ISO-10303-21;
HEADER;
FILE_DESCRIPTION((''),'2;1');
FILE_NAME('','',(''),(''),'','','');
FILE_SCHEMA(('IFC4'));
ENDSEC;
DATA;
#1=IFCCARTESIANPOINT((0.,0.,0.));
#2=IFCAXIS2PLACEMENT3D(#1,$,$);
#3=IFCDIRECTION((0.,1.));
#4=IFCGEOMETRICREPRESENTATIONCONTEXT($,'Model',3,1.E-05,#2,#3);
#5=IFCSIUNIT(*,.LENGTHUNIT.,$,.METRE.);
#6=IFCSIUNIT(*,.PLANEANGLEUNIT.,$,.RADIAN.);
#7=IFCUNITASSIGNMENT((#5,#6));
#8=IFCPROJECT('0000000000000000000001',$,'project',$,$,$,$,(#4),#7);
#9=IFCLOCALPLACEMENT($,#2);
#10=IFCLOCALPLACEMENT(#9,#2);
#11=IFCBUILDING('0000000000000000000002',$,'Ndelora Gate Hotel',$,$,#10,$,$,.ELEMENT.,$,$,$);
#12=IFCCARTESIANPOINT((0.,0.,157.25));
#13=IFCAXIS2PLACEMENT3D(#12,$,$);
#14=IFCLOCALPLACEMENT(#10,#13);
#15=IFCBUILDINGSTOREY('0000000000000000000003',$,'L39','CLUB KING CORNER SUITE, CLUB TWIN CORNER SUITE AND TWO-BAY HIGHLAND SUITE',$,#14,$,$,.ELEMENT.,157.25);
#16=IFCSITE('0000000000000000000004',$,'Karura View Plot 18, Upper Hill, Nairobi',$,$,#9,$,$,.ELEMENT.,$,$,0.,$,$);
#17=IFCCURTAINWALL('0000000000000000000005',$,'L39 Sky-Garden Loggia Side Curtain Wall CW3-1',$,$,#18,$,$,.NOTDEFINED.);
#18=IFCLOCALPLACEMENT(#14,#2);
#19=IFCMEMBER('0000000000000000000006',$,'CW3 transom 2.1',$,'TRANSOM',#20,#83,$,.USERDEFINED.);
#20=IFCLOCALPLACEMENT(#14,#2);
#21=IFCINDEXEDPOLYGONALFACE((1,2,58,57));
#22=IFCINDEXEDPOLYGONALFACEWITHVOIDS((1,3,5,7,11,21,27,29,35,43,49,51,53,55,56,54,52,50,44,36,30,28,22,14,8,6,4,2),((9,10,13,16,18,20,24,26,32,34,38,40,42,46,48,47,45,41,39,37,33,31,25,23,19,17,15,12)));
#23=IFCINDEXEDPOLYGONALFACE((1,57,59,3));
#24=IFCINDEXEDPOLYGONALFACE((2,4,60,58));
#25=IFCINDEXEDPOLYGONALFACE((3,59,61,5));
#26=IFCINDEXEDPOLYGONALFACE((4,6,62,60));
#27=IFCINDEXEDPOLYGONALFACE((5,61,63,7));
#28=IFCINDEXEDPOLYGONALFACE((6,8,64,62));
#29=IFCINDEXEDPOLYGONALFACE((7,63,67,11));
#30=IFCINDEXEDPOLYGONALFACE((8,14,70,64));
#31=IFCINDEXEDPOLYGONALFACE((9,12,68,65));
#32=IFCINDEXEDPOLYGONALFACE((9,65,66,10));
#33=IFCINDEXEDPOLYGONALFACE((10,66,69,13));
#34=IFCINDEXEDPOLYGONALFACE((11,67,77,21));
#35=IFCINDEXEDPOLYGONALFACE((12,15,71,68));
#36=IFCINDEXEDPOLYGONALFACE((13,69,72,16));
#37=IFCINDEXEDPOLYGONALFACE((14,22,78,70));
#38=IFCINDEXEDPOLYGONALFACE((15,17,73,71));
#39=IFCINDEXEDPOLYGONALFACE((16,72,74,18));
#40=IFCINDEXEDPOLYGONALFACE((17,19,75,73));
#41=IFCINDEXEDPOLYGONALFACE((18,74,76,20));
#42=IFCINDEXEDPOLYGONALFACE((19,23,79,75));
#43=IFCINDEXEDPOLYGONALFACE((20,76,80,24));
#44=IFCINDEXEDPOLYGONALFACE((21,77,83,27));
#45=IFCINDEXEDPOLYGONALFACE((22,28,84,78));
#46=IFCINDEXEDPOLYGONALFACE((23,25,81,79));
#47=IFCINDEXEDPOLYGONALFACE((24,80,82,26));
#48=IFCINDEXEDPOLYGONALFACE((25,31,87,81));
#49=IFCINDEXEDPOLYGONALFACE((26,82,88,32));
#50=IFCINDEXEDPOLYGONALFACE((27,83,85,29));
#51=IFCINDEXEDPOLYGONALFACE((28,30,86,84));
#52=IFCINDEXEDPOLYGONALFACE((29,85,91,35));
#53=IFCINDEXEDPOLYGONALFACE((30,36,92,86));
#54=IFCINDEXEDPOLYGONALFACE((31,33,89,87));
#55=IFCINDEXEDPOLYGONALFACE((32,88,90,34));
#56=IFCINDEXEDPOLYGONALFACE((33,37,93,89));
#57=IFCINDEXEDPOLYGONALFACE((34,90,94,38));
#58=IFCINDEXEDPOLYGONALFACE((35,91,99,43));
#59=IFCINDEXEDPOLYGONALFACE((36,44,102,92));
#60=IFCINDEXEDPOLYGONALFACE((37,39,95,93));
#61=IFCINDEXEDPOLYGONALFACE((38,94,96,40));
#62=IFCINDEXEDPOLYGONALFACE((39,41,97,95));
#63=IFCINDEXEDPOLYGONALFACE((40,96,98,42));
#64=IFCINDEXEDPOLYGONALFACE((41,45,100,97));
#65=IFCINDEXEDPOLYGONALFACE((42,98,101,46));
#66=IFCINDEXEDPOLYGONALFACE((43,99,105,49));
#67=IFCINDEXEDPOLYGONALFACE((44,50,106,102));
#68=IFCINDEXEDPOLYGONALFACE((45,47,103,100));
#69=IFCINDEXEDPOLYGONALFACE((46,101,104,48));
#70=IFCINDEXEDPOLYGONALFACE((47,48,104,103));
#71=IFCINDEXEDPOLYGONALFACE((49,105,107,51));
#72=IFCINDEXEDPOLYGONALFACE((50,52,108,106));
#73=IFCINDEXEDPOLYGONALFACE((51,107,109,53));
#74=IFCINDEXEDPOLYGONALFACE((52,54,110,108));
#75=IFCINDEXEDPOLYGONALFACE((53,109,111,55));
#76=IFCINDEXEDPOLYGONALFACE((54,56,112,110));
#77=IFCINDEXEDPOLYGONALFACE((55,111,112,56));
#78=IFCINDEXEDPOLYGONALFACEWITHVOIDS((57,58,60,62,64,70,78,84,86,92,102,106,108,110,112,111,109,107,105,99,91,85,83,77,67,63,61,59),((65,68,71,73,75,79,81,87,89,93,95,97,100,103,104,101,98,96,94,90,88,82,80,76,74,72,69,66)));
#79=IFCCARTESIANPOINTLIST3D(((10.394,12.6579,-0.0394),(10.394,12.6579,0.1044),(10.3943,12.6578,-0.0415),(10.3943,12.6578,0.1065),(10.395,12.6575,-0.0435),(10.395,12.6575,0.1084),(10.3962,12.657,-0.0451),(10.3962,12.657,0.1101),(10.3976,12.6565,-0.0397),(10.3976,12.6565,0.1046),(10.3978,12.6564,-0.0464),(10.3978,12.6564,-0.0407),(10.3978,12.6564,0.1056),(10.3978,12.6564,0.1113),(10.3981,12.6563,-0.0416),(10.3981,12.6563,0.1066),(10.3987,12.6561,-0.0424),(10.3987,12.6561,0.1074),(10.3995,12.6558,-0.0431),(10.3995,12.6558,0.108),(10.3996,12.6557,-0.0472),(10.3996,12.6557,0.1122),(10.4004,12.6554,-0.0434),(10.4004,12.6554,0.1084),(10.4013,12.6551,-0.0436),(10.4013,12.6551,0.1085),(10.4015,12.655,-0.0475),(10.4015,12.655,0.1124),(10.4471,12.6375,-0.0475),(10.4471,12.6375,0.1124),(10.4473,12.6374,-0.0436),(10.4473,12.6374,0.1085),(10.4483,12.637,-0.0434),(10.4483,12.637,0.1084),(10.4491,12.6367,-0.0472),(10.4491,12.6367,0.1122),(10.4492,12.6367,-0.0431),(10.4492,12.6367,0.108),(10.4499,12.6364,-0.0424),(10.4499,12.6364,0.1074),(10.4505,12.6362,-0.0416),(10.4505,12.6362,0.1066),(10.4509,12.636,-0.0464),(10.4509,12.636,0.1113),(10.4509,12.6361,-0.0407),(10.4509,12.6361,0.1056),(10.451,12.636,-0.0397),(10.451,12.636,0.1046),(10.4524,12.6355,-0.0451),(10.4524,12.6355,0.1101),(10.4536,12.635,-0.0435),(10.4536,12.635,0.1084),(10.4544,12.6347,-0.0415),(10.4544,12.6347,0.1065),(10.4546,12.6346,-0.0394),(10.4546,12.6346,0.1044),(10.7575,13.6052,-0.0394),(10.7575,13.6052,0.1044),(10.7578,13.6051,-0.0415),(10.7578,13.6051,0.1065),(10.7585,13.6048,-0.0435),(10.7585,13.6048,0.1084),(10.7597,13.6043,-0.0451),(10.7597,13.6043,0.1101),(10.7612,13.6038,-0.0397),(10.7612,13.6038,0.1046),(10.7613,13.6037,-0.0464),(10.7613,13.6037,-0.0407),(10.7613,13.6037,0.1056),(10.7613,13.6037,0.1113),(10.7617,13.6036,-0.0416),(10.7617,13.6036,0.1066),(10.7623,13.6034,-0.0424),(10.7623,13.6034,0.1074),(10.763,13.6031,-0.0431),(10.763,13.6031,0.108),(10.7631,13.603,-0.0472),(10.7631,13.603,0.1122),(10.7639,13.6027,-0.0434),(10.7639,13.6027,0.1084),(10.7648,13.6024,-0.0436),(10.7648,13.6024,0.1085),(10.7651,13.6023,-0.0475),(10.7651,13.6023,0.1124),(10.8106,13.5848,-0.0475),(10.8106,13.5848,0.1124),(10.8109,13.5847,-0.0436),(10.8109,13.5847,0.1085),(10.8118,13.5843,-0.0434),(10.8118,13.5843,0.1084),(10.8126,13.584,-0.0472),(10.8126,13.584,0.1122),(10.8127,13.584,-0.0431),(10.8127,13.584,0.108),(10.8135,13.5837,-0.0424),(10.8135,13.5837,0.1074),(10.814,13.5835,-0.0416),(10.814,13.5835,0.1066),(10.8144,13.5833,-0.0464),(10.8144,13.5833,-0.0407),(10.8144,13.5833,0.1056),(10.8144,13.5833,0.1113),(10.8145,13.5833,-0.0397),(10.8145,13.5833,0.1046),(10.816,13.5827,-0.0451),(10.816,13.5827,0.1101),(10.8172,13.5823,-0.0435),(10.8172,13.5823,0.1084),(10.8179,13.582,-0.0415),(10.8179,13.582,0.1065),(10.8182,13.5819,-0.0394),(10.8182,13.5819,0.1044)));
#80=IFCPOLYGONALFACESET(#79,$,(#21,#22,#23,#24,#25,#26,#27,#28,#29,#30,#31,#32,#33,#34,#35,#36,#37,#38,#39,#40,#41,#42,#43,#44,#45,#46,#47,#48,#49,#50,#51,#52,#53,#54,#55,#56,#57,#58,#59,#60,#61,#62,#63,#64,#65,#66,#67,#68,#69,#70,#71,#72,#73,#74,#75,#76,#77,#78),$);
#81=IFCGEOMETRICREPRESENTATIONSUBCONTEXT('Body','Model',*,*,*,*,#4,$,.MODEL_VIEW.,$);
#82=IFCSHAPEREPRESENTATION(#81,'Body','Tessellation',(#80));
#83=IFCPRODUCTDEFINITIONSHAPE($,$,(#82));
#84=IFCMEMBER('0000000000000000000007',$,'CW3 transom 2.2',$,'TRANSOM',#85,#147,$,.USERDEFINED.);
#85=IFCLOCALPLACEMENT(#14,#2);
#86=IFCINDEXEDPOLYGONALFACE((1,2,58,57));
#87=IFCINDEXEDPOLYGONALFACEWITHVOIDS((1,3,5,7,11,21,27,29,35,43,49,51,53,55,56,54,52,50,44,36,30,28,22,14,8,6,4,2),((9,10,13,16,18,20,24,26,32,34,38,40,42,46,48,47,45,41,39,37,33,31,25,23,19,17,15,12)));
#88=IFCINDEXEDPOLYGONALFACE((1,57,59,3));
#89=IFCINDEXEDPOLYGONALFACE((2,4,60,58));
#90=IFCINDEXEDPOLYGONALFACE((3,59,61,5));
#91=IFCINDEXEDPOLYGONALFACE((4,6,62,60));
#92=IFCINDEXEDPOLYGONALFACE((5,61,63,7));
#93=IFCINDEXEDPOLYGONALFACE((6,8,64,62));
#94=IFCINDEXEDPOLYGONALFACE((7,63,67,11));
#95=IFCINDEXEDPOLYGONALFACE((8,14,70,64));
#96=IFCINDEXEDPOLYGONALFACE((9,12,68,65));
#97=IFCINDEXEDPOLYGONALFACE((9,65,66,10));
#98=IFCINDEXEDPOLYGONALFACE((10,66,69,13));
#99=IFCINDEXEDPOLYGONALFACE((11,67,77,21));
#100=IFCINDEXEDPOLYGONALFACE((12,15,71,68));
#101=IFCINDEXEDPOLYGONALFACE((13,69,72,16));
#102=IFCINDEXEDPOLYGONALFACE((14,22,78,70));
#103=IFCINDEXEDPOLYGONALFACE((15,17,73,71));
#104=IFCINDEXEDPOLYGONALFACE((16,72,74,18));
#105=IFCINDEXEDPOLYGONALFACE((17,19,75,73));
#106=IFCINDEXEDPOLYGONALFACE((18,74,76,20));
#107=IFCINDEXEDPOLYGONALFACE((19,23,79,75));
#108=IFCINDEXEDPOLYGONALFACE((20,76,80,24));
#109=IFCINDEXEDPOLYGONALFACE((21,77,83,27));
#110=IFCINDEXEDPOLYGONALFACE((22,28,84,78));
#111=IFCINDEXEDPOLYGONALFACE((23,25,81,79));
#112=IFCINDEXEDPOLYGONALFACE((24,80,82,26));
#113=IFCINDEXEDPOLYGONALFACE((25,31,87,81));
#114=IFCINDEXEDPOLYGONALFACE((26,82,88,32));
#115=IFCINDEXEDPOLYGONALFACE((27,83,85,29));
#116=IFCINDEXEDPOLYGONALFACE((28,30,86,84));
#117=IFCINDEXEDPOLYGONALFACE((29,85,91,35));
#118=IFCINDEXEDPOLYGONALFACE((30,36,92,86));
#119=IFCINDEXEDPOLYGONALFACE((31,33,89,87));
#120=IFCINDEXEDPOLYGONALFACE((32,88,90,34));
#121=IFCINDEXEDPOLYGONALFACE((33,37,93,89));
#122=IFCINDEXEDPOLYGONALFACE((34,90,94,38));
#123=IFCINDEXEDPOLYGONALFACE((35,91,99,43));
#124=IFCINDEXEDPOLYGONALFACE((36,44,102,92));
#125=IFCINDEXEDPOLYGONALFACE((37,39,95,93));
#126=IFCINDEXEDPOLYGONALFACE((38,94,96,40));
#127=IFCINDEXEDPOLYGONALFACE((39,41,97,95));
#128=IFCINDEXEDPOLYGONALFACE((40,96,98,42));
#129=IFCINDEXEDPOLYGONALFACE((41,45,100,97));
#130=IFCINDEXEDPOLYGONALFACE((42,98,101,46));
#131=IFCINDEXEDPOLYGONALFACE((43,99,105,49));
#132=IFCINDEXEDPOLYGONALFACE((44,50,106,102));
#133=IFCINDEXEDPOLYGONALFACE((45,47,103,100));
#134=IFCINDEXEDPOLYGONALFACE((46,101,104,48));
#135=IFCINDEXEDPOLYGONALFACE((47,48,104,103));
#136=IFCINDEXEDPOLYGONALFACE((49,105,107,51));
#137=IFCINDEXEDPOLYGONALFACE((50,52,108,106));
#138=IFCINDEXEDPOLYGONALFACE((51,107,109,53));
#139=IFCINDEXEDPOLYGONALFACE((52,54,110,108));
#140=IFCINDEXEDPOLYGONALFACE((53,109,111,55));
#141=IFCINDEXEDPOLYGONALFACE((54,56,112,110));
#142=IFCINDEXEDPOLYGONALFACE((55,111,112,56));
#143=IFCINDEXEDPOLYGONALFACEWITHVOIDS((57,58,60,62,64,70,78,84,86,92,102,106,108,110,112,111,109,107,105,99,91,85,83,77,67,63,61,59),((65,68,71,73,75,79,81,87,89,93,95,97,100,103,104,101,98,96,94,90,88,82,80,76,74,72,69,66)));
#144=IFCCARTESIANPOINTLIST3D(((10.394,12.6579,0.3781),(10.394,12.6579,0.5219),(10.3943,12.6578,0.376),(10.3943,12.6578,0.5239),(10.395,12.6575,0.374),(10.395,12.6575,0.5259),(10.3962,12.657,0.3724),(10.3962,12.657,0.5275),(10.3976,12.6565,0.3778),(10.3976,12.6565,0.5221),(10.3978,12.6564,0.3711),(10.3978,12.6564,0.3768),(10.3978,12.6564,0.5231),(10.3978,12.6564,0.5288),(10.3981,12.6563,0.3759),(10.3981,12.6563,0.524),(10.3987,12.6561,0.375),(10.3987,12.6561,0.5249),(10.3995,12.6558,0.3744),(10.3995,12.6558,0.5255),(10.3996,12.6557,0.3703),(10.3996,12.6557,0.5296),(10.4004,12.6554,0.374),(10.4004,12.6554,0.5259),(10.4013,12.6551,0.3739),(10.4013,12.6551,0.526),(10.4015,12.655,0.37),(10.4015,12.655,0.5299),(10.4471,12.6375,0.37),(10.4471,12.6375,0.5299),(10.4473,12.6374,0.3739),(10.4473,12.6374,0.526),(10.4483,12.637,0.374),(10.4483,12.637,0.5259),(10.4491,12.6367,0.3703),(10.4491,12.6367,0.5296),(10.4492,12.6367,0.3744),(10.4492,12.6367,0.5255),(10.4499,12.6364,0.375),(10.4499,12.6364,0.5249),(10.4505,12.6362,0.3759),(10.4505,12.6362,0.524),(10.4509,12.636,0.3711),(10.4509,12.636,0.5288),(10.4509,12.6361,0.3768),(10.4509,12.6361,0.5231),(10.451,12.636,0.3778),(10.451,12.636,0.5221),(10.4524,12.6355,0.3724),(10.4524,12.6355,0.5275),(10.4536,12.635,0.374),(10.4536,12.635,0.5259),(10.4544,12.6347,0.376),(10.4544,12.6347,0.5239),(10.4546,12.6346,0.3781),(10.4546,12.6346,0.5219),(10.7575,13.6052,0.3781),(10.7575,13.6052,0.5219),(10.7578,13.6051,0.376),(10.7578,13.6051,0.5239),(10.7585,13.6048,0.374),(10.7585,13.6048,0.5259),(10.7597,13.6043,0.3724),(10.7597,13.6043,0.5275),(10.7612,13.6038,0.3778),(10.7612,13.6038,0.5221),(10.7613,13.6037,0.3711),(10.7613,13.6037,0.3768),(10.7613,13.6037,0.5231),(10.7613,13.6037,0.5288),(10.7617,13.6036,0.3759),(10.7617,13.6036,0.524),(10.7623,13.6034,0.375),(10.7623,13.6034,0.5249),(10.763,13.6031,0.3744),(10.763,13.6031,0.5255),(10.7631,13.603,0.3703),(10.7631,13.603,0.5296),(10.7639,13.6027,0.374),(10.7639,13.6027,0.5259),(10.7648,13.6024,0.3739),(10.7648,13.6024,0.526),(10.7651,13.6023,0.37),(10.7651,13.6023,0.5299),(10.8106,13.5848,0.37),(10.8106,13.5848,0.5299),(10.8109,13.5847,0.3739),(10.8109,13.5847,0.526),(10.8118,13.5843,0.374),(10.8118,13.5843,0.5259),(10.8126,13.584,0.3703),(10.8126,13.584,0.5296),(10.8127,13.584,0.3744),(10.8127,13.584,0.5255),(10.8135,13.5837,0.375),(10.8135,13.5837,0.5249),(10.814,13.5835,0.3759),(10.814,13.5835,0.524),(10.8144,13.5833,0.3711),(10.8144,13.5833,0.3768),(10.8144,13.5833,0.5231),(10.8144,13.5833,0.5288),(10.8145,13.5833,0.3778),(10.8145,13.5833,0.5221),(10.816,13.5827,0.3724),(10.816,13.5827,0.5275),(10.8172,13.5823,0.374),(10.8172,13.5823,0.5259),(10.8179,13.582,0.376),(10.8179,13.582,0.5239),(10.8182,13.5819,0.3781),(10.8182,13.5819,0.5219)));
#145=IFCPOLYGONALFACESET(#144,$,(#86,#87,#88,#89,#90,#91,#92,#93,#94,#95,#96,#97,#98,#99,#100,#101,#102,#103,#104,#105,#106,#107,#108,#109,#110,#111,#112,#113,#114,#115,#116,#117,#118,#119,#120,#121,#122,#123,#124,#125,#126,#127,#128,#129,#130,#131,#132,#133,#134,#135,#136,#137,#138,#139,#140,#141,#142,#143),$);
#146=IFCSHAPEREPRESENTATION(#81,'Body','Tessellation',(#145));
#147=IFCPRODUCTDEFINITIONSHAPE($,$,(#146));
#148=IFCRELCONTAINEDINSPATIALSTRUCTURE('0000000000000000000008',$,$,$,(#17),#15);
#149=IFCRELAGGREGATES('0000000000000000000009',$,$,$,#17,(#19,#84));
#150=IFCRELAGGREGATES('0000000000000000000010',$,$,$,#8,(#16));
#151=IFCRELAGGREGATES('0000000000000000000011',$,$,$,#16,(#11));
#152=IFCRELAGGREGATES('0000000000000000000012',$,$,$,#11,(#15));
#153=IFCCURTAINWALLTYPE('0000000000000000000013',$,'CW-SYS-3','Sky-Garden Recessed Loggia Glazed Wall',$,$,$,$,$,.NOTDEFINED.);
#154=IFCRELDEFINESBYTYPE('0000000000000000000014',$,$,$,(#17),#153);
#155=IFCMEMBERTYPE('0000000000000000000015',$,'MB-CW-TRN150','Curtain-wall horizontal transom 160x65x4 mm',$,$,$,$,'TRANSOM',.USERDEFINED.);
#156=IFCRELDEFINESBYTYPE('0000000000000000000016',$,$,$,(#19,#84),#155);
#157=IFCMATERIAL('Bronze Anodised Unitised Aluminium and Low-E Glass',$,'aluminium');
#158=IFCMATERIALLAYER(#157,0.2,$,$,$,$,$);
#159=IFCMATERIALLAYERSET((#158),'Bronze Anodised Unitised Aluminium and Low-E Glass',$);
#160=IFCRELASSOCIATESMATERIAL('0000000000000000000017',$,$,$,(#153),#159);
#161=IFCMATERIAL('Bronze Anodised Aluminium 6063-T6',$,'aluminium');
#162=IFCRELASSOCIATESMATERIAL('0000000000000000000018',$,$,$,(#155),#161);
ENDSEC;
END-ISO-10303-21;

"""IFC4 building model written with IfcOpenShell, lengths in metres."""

from ifc_helpers import new_model, si_unit, direction, frame, origin, origin_2d, place, context, subcontext, project, spatial, hollow_rectangle, extrude, material, layer, layer_set, material_profile, profile_set, type_object, element, aggregate, save


model = new_model("IFC4")

# Units and contexts
model_context = context("Model", 3, precision=1e-05, world=origin(), true_north=direction((0.0, 1.0)))
body_context = subcontext(model_context, "Body", "Model", "MODEL_VIEW")
ifc_project = project(units=[si_unit("LENGTHUNIT", "METRE"), si_unit("PLANEANGLEUNIT", "RADIAN")], contexts=[model_context])

# Site, building, storey
site_placement = place(None, origin())
site = spatial("IfcSite", under=ifc_project, at=site_placement, Name="Karura View Plot 18, Upper Hill, Nairobi", CompositionType="ELEMENT", RefElevation=0.0)
building_placement = place(site_placement, origin())
building = spatial("IfcBuilding", under=site, at=building_placement, Name="Ndelora Gate Hotel", CompositionType="ELEMENT")
storey_placement = place(building_placement, frame((0.0, 0.0, 157.25)))
storey = spatial("IfcBuildingStorey", under=building, at=storey_placement, Name="L39", Description="CLUB KING CORNER SUITE, CLUB TWIN CORNER SUITE AND TWO-BAY HIGHLAND SUITE", CompositionType="ELEMENT", Elevation=157.25)

# Curtain wall, members
ifc_material_1 = material(Name="Bronze Anodised Unitised Aluminium and Low-E Glass", Category="aluminium")
ifc_layer_1 = layer(ifc_material_1, 0.2)
ifc_layer_set_1 = layer_set([ifc_layer_1], Name="Bronze Anodised Unitised Aluminium and Low-E Glass")
curtain_wall_type = type_object("IfcCurtainWallType", Name="CW-SYS-3", Description="Sky-Garden Recessed Loggia Glazed Wall", PredefinedType="NOTDEFINED", material=ifc_layer_set_1)
curtain_wall_placement = place(storey_placement, origin())
curtain_wall = element("IfcCurtainWall", 1, at=curtain_wall_placement, inside=storey, type_object=curtain_wall_type, Name="L39 Sky-Garden Loggia Side Curtain Wall CW3-1", PredefinedType="NOTDEFINED")
ifc_material_2 = material(Name="Bronze Anodised Aluminium 6063-T6", Category="aluminium")
ifc_material_profile_1 = material_profile(ifc_material_2, hollow_rectangle(XDim=0.0649, YDim=0.1599, WallThickness=0.0039, InnerFilletRadius=0.0039, OuterFilletRadius=0.0081, at=origin_2d()), Name="ALU 160x65x4")
ifc_profile_set_1 = profile_set([ifc_material_profile_1], Name="Bronze Anodised Aluminium 6063-T6")
member_type_1 = type_object("IfcMemberType", Name="MB-CW-TRN150", Description="Curtain-wall horizontal transom 160x65x4 mm", ElementType="TRANSOM", PredefinedType="USERDEFINED", material=ifc_profile_set_1)
member_1_placement = place(storey_placement, frame((10.4243, 12.6462, 0.0325), z_axis=(0.358286, 0.933612, 0.0), x_axis=(-0.933612, 0.358286, 0.0)))
member_1 = element("IfcMember", 2, at=member_1_placement, type_object=member_type_1, Name="CW3 transom 2.1", ObjectType="TRANSOM", PredefinedType="USERDEFINED", context=body_context, shape_type="SweptSolid", body=[
    extrude(hollow_rectangle(XDim=0.0649, YDim=0.1599, WallThickness=0.0039, InnerFilletRadius=0.0039, OuterFilletRadius=0.0081, at=origin_2d()), origin(), (0.0, 0.0, 1.0), 1.0146),
])
member_2_placement = place(storey_placement, frame((10.4243, 12.6462, 0.45), z_axis=(0.358286, 0.933612, 0.0), x_axis=(-0.933612, 0.358286, 0.0)))
member_2 = element("IfcMember", 3, at=member_2_placement, type_object=member_type_1, Name="CW3 transom 2.2", ObjectType="TRANSOM", PredefinedType="USERDEFINED", context=body_context, shape_type="SweptSolid", body=[
    extrude(hollow_rectangle(XDim=0.0649, YDim=0.1599, WallThickness=0.0039, InnerFilletRadius=0.0039, OuterFilletRadius=0.0081, at=origin_2d()), origin(), (0.0, 0.0, 1.0), 1.0146),
])
aggregate(curtain_wall, [member_1, member_2])

save(model, "model.ifc")
